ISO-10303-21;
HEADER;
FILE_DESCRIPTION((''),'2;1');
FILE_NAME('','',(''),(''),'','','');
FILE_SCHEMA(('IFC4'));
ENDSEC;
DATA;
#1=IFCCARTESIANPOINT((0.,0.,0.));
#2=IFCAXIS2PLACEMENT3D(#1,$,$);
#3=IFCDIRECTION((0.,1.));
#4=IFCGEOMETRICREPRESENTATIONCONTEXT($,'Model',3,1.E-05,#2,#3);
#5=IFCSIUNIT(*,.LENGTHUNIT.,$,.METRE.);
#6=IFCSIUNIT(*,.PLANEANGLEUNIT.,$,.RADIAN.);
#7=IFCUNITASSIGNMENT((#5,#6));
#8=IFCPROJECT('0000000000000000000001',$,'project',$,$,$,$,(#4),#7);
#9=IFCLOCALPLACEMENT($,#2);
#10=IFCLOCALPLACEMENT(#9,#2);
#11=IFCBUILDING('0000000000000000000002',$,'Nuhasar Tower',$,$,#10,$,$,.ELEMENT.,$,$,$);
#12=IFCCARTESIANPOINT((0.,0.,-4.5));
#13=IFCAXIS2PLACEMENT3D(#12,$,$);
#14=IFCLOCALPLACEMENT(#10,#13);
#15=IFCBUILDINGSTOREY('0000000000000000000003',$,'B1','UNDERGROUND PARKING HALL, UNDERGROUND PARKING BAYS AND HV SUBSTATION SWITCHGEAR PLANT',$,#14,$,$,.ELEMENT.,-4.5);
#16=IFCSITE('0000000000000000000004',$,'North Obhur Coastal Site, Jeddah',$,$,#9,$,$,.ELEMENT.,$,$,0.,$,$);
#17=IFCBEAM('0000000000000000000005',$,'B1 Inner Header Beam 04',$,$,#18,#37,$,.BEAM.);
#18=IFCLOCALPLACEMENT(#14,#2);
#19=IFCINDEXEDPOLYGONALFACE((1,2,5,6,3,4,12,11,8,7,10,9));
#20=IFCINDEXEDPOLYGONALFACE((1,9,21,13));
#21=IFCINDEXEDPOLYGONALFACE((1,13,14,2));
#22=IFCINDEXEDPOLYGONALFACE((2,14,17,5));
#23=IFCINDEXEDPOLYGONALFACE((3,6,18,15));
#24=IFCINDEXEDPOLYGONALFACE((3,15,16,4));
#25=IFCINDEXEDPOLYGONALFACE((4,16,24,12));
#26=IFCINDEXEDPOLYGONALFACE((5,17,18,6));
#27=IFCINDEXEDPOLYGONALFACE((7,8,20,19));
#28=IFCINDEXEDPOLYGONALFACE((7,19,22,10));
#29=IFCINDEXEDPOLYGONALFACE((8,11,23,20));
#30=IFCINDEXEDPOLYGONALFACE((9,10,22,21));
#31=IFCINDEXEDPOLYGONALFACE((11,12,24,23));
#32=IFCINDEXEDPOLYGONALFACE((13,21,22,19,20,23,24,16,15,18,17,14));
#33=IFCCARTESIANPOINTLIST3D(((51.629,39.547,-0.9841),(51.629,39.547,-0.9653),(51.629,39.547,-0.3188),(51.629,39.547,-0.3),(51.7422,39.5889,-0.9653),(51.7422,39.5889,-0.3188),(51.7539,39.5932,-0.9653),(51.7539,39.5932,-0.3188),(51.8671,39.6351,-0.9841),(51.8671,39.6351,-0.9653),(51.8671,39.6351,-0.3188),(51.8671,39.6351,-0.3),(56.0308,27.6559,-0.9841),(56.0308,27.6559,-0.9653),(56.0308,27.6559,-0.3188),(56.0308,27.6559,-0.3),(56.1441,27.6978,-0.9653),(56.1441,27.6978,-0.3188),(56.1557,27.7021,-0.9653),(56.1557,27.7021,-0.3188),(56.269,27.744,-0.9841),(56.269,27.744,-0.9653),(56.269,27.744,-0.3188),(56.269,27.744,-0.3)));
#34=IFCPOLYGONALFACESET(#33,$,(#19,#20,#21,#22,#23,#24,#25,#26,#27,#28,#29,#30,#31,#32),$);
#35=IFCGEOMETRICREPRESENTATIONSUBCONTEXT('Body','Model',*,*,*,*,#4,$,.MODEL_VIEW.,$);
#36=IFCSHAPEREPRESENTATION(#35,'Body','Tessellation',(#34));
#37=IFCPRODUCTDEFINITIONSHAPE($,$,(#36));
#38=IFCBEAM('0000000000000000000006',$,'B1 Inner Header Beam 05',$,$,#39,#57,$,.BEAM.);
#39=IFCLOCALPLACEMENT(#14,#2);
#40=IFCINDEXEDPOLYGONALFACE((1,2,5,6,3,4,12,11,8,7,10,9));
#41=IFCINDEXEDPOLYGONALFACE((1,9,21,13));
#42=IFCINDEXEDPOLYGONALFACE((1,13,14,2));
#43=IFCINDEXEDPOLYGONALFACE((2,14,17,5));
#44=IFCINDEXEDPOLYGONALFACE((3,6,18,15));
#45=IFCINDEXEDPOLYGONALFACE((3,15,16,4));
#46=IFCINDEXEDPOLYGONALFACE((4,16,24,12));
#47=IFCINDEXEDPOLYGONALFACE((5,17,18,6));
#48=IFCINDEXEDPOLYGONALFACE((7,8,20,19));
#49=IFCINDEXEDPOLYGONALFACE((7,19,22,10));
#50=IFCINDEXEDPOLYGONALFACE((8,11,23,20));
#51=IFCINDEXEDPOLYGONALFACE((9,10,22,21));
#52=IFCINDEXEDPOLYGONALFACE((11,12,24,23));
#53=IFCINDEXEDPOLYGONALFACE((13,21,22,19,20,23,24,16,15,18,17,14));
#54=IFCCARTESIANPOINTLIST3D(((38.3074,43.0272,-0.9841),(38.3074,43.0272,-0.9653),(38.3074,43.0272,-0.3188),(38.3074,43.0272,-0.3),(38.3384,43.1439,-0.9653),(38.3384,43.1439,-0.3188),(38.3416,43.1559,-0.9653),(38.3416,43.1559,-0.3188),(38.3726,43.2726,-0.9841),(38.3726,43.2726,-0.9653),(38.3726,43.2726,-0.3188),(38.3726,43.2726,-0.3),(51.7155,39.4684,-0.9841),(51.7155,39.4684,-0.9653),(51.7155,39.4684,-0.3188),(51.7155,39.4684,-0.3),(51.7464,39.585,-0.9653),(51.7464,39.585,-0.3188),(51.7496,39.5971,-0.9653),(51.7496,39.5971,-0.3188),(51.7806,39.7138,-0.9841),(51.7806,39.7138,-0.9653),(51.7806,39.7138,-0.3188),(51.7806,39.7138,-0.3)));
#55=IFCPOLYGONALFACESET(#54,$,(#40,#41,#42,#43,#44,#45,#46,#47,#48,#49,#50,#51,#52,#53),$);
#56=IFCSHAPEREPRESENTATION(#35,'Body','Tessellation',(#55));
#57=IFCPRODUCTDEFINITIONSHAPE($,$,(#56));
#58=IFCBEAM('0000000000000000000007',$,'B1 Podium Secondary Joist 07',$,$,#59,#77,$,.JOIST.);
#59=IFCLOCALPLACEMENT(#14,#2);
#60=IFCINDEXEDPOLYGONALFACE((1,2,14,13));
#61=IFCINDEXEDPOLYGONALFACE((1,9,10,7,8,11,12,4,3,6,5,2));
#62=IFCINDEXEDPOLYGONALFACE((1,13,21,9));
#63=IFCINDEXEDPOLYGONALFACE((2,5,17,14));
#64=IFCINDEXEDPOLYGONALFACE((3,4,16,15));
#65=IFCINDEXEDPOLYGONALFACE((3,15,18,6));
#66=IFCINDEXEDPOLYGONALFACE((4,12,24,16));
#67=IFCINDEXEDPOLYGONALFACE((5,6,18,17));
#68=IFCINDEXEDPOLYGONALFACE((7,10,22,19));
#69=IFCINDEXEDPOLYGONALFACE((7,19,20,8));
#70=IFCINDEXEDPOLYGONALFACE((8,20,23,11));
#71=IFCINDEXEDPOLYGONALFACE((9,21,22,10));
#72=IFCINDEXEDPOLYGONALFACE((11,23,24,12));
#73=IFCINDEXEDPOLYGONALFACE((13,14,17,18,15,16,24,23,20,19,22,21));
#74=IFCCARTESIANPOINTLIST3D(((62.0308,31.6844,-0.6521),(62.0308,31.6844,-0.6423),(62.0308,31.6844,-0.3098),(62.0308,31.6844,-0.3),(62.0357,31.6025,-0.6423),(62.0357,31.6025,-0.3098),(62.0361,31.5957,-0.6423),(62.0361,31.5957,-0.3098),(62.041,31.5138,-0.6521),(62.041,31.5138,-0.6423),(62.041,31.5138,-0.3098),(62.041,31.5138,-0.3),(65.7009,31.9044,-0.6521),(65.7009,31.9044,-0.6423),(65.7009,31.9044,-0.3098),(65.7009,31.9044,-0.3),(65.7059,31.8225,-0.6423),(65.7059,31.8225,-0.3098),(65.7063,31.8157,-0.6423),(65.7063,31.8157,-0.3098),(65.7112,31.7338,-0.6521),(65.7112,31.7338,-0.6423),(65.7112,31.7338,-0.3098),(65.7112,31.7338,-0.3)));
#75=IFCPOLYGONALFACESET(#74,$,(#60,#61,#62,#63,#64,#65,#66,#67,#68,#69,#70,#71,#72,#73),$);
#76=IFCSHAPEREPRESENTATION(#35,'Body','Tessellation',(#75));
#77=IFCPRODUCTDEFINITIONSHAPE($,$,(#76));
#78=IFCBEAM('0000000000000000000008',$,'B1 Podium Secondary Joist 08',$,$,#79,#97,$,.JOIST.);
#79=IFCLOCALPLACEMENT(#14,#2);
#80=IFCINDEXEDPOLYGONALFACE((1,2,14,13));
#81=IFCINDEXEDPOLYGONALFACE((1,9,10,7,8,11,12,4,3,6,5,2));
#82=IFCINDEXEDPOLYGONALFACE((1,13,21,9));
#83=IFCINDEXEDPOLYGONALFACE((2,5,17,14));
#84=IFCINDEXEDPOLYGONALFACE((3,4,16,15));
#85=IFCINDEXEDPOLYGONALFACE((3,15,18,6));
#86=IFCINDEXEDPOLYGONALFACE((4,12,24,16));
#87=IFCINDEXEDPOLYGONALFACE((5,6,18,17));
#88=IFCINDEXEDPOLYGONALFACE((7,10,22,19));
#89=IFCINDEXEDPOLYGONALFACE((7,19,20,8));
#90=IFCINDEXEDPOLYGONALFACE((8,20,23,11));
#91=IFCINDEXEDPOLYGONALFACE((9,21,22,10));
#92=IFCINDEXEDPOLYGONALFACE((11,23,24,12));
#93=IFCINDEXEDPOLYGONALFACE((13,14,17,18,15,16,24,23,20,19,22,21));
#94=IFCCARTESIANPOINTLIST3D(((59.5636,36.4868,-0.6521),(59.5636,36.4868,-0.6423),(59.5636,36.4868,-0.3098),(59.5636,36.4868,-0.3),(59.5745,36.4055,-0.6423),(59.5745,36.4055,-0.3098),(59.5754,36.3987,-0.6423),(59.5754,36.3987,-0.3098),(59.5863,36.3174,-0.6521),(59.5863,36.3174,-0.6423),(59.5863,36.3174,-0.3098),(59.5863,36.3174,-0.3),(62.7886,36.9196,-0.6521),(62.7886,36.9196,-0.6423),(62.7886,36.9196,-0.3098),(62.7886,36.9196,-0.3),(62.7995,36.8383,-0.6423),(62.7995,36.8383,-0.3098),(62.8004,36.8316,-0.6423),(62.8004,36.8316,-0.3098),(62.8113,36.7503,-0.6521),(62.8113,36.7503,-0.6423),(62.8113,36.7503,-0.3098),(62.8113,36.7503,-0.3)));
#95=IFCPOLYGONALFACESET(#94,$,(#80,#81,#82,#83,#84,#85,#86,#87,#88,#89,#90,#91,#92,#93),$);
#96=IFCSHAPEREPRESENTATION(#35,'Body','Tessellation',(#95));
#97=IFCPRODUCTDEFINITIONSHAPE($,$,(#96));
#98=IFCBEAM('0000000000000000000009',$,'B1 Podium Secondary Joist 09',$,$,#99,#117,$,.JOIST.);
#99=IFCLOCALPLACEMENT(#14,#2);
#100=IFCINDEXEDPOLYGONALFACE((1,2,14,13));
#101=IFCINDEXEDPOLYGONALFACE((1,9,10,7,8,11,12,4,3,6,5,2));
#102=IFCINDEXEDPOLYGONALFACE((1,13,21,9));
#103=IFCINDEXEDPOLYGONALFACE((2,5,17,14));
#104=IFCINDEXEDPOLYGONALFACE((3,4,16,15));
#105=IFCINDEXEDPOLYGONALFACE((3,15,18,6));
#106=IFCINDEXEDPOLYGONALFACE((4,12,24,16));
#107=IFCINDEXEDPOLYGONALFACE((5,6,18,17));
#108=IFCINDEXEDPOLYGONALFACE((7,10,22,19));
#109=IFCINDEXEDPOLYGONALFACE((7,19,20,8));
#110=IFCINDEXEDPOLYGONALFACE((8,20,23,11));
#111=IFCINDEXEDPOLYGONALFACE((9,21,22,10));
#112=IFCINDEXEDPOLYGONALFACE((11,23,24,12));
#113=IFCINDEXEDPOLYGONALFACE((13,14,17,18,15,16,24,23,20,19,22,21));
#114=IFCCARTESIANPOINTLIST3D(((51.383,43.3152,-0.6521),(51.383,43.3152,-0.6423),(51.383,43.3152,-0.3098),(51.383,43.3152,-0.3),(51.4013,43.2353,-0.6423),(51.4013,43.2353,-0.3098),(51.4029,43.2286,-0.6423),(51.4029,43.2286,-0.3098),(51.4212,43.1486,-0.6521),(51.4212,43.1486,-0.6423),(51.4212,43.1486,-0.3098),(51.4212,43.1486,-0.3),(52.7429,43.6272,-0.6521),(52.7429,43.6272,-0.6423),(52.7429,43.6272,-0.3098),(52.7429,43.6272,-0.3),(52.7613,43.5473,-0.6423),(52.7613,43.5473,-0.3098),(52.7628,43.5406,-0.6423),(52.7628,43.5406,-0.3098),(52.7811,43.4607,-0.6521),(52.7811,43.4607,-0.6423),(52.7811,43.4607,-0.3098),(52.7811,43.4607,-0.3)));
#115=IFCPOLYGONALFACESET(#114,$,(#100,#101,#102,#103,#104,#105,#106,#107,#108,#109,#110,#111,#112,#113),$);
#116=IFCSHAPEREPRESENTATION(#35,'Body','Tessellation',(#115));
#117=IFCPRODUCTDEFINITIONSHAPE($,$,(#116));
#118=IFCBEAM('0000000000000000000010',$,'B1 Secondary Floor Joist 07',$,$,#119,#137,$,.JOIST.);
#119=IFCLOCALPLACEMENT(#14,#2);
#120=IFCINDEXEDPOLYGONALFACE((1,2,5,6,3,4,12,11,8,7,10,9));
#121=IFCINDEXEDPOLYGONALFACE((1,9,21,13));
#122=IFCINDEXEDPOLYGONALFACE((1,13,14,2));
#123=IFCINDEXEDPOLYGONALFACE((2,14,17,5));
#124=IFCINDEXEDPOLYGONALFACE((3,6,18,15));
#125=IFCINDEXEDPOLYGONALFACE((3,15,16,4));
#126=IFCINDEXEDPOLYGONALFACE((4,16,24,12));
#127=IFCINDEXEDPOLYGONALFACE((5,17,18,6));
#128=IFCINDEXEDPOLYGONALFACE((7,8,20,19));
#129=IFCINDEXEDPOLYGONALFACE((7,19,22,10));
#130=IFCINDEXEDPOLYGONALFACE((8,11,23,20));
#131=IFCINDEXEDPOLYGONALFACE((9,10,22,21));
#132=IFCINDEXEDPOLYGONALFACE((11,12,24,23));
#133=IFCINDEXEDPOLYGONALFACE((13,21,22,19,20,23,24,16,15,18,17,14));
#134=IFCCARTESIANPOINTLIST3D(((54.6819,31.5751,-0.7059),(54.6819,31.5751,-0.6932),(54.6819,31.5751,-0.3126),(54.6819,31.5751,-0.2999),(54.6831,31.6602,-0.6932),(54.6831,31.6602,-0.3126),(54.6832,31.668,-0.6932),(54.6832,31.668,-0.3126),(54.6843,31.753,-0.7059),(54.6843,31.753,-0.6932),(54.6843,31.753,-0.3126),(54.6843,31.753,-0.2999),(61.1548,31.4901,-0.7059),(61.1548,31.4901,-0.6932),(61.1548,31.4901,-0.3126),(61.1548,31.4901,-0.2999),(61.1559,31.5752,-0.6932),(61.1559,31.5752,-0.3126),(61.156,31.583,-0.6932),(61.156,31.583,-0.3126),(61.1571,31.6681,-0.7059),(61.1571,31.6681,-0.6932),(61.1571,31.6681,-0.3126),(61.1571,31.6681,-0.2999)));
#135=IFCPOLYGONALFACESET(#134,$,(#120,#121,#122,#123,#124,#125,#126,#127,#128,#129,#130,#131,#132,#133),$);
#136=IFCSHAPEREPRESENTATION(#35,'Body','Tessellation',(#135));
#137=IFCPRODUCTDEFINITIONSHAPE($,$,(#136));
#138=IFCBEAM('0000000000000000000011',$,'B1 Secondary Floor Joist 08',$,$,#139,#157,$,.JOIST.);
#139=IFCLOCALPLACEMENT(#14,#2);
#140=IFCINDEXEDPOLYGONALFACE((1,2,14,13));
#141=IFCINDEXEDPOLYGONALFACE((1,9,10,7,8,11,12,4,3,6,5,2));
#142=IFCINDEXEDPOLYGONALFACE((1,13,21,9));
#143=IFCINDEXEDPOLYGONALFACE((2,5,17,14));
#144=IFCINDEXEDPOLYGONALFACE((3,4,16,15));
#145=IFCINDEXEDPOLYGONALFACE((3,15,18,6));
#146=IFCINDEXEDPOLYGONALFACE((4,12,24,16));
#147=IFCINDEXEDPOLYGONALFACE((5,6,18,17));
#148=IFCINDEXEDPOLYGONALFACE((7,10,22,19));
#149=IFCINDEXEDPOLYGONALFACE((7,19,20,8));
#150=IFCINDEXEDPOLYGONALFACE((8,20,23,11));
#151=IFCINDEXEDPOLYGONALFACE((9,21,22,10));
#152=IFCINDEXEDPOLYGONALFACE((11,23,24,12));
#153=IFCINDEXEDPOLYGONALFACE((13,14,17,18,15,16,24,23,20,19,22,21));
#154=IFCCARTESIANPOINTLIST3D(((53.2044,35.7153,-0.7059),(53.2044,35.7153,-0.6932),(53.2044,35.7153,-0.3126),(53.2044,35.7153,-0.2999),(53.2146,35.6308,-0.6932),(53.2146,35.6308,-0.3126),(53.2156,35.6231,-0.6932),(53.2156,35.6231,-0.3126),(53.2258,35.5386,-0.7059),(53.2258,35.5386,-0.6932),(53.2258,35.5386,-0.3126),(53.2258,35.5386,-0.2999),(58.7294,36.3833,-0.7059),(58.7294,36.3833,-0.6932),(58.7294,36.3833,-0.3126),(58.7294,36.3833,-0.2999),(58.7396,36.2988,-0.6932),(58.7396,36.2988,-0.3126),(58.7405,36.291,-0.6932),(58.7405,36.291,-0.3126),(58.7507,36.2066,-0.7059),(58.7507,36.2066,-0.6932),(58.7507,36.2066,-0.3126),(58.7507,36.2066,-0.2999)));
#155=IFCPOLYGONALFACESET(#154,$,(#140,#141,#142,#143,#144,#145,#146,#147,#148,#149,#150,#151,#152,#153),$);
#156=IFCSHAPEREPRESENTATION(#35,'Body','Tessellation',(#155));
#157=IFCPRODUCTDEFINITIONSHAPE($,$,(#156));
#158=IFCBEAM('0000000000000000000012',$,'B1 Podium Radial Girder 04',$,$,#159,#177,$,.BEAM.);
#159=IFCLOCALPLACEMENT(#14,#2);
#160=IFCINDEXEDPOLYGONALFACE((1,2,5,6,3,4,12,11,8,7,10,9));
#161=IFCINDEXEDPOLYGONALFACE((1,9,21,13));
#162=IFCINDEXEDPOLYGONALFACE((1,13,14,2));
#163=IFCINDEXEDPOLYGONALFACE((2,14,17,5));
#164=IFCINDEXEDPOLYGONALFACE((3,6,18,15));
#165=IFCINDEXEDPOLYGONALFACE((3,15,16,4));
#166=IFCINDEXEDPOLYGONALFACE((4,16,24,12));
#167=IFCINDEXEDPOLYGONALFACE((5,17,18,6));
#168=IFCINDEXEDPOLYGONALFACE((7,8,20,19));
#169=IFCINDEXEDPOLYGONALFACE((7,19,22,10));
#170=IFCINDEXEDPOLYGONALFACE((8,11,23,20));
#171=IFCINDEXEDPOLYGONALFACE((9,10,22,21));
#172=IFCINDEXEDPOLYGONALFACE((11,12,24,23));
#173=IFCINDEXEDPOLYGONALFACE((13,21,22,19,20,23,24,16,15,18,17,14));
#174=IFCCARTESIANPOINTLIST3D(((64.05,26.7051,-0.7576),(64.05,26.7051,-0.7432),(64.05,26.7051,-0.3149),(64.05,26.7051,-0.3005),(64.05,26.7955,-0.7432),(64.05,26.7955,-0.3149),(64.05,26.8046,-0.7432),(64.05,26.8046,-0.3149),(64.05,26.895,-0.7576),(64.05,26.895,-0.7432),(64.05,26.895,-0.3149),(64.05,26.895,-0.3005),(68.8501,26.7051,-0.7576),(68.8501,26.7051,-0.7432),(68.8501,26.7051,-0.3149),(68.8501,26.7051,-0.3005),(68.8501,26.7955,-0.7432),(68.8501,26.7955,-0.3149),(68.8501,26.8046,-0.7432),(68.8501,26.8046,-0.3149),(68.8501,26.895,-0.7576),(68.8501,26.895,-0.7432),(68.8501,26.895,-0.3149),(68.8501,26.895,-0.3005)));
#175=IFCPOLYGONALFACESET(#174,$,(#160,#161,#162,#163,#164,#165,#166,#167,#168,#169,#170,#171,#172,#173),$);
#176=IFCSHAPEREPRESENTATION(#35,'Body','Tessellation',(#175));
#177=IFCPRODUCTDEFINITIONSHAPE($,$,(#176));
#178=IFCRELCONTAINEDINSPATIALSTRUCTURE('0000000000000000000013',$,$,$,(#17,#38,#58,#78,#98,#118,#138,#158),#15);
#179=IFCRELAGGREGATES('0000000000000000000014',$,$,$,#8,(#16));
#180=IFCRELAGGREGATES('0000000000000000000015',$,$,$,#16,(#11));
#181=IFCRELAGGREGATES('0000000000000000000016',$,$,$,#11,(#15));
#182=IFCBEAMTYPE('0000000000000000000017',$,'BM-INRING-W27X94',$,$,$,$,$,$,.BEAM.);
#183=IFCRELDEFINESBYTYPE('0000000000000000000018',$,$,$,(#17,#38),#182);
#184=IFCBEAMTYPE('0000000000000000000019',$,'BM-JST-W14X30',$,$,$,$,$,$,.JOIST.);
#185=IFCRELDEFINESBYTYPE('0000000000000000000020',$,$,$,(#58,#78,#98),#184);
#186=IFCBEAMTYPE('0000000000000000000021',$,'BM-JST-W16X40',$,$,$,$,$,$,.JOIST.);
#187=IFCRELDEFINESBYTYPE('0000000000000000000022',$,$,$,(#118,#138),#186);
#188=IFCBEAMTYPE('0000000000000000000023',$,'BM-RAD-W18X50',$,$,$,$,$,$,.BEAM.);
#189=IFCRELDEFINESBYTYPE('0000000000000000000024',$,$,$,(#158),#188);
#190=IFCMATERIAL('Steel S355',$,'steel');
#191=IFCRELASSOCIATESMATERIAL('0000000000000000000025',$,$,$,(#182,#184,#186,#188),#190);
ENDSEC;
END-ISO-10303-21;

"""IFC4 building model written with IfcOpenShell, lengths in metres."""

from ifc_helpers import new_model, si_unit, direction, frame, origin, origin_2d, place, context, subcontext, project, spatial, i_section, extrude, material, material_profile, profile_set, type_object, element, save


model = new_model("IFC4")

# Units and contexts
model_context = context("Model", 3, precision=1e-05, world=origin(), true_north=direction((0.0, 1.0)))
body_context = subcontext(model_context, "Body", "Model", "MODEL_VIEW")
ifc_project = project(units=[si_unit("LENGTHUNIT", "METRE"), si_unit("PLANEANGLEUNIT", "RADIAN")], contexts=[model_context])

# Site, building, storey
site_placement = place(None, origin())
site = spatial("IfcSite", under=ifc_project, at=site_placement, Name="North Obhur Coastal Site, Jeddah", CompositionType="ELEMENT", RefElevation=0.0)
building_placement = place(site_placement, origin())
building = spatial("IfcBuilding", under=site, at=building_placement, Name="Nuhasar Tower", CompositionType="ELEMENT")
storey_placement = place(building_placement, frame((0.0, 0.0, -4.5)))
storey = spatial("IfcBuildingStorey", under=building, at=storey_placement, Name="B1", Description="UNDERGROUND PARKING HALL, UNDERGROUND PARKING BAYS AND HV SUBSTATION SWITCHGEAR PLANT", CompositionType="ELEMENT", Elevation=-4.5)

# Beams
ifc_material_1 = material(Name="Steel S355", Category="steel")
ifc_material_profile_1 = material_profile(ifc_material_1, i_section(OverallWidth=0.2539, OverallDepth=0.6841, WebThickness=0.0125, FlangeThickness=0.0188, at=origin_2d()), Name="W27X94")
ifc_profile_set_1 = profile_set([ifc_material_profile_1], Name="Steel S355")
beam_type_1 = type_object("IfcBeamType", Name="BM-INRING-W27X94", PredefinedType="BEAM", material=ifc_profile_set_1)
beam_1_placement = place(storey_placement, frame((56.1499, 27.7, -0.6421), z_axis=(-0.347158, 0.937807, 0.0), x_axis=(-0.937807, -0.347158, 0.0)))
element("IfcBeam", 1, at=beam_1_placement, inside=storey, type_object=beam_type_1, Name="B1 Inner Header Beam 04", PredefinedType="BEAM", context=body_context, shape_type="SweptSolid", body=[
    extrude(i_section(OverallWidth=0.2539, OverallDepth=0.6841, WebThickness=0.0125, FlangeThickness=0.0188, at=origin_2d()), origin(), (0.0, 0.0, 1.0), 12.6797),
])
beam_2_placement = place(storey_placement, frame((51.748, 39.5911, -0.6421), z_axis=(-0.966533, 0.256544, 0.0), x_axis=(-0.256544, -0.966533, 0.0)))
element("IfcBeam", 2, at=beam_2_placement, inside=storey, type_object=beam_type_1, Name="B1 Inner Header Beam 05", PredefinedType="BEAM", context=body_context, shape_type="SweptSolid", body=[
    extrude(i_section(OverallWidth=0.2539, OverallDepth=0.6841, WebThickness=0.0125, FlangeThickness=0.0188, at=origin_2d()), origin(), (0.0, 0.0, 1.0), 13.8723),
])
ifc_material_profile_2 = material_profile(ifc_material_1, i_section(OverallWidth=0.1709, OverallDepth=0.3521, WebThickness=0.0068, FlangeThickness=0.0098, at=origin_2d()), Name="W14X30")
ifc_profile_set_2 = profile_set([ifc_material_profile_2], Name="Steel S355")
beam_type_2 = type_object("IfcBeamType", Name="BM-JST-W14X30", PredefinedType="JOIST", material=ifc_profile_set_2)
beam_3_placement = place(storey_placement, frame((62.0359, 31.5991, -0.4761), z_axis=(0.998209, 0.059827, 0.0), x_axis=(-0.059827, 0.998209, 0.0)))
element("IfcBeam", 3, at=beam_3_placement, inside=storey, type_object=beam_type_2, Name="B1 Podium Secondary Joist 07", PredefinedType="JOIST", context=body_context, shape_type="SweptSolid", body=[
    extrude(i_section(OverallWidth=0.1709, OverallDepth=0.3521, WebThickness=0.0068, FlangeThickness=0.0098, at=origin_2d()), origin(), (0.0, 0.0, 1.0), 3.6768),
])
beam_4_placement = place(storey_placement, frame((59.575, 36.4021, -0.4761), z_axis=(0.991113, 0.133024, 0.0), x_axis=(-0.133024, 0.991113, 0.0)))
element("IfcBeam", 4, at=beam_4_placement, inside=storey, type_object=beam_type_2, Name="B1 Podium Secondary Joist 08", PredefinedType="JOIST", context=body_context, shape_type="SweptSolid", body=[
    extrude(i_section(OverallWidth=0.1709, OverallDepth=0.3521, WebThickness=0.0068, FlangeThickness=0.0098, at=origin_2d()), origin(), (0.0, 0.0, 1.0), 3.2539),
])
beam_5_placement = place(storey_placement, frame((51.4021, 43.2319, -0.4761), z_axis=(0.974674, 0.223632, 0.0), x_axis=(-0.223632, 0.974674, 0.0)))
element("IfcBeam", 5, at=beam_5_placement, inside=storey, type_object=beam_type_2, Name="B1 Podium Secondary Joist 09", PredefinedType="JOIST", context=body_context, shape_type="SweptSolid", body=[
    extrude(i_section(OverallWidth=0.1709, OverallDepth=0.3521, WebThickness=0.0068, FlangeThickness=0.0098, at=origin_2d()), origin(), (0.0, 0.0, 1.0), 1.3953),
])
ifc_material_profile_3 = material_profile(ifc_material_1, i_section(OverallWidth=0.178, OverallDepth=0.406, WebThickness=0.0078, FlangeThickness=0.0127, at=origin_2d()), Name="W16X40")
ifc_profile_set_3 = profile_set([ifc_material_profile_3], Name="Steel S355")
beam_type_3 = type_object("IfcBeamType", Name="BM-JST-W16X40", PredefinedType="JOIST", material=ifc_profile_set_3)
beam_6_placement = place(storey_placement, frame((54.6831, 31.6641, -0.5029), z_axis=(0.999914, -0.013125, 0.0), x_axis=(0.013125, 0.999914, 0.0)))
element("IfcBeam", 6, at=beam_6_placement, inside=storey, type_object=beam_type_3, Name="B1 Secondary Floor Joist 07", PredefinedType="JOIST", context=body_context, shape_type="SweptSolid", body=[
    extrude(i_section(OverallWidth=0.178, OverallDepth=0.406, WebThickness=0.0078, FlangeThickness=0.0127, at=origin_2d()), origin(), (0.0, 0.0, 1.0), 6.4734),
])
beam_7_placement = place(storey_placement, frame((53.2151, 35.627, -0.5029), z_axis=(0.992771, 0.120027, 0.0), x_axis=(-0.120027, 0.992771, 0.0)))
element("IfcBeam", 7, at=beam_7_placement, inside=storey, type_object=beam_type_3, Name="B1 Secondary Floor Joist 08", PredefinedType="JOIST", context=body_context, shape_type="SweptSolid", body=[
    extrude(i_section(OverallWidth=0.178, OverallDepth=0.406, WebThickness=0.0078, FlangeThickness=0.0127, at=origin_2d()), origin(), (0.0, 0.0, 1.0), 5.5652),
])
ifc_material_profile_4 = material_profile(ifc_material_1, i_section(OverallWidth=0.1899, OverallDepth=0.457, WebThickness=0.009, FlangeThickness=0.0144, at=origin_2d()), Name="W18X50")
ifc_profile_set_4 = profile_set([ifc_material_profile_4], Name="Steel S355")
beam_type_4 = type_object("IfcBeamType", Name="BM-RAD-W18X50", PredefinedType="BEAM", material=ifc_profile_set_4)
beam_8_placement = place(storey_placement, frame((64.05, 26.8, -0.5291), z_axis=(1.0, 0.0, 0.0), x_axis=(0.0, 1.0, 0.0)))
element("IfcBeam", 8, at=beam_8_placement, inside=storey, type_object=beam_type_4, Name="B1 Podium Radial Girder 04", PredefinedType="BEAM", context=body_context, shape_type="SweptSolid", body=[
    extrude(i_section(OverallWidth=0.1899, OverallDepth=0.457, WebThickness=0.009, FlangeThickness=0.0144, at=origin_2d()), origin(), (0.0, 0.0, 1.0), 4.8),
])

save(model, "model.ifc")
